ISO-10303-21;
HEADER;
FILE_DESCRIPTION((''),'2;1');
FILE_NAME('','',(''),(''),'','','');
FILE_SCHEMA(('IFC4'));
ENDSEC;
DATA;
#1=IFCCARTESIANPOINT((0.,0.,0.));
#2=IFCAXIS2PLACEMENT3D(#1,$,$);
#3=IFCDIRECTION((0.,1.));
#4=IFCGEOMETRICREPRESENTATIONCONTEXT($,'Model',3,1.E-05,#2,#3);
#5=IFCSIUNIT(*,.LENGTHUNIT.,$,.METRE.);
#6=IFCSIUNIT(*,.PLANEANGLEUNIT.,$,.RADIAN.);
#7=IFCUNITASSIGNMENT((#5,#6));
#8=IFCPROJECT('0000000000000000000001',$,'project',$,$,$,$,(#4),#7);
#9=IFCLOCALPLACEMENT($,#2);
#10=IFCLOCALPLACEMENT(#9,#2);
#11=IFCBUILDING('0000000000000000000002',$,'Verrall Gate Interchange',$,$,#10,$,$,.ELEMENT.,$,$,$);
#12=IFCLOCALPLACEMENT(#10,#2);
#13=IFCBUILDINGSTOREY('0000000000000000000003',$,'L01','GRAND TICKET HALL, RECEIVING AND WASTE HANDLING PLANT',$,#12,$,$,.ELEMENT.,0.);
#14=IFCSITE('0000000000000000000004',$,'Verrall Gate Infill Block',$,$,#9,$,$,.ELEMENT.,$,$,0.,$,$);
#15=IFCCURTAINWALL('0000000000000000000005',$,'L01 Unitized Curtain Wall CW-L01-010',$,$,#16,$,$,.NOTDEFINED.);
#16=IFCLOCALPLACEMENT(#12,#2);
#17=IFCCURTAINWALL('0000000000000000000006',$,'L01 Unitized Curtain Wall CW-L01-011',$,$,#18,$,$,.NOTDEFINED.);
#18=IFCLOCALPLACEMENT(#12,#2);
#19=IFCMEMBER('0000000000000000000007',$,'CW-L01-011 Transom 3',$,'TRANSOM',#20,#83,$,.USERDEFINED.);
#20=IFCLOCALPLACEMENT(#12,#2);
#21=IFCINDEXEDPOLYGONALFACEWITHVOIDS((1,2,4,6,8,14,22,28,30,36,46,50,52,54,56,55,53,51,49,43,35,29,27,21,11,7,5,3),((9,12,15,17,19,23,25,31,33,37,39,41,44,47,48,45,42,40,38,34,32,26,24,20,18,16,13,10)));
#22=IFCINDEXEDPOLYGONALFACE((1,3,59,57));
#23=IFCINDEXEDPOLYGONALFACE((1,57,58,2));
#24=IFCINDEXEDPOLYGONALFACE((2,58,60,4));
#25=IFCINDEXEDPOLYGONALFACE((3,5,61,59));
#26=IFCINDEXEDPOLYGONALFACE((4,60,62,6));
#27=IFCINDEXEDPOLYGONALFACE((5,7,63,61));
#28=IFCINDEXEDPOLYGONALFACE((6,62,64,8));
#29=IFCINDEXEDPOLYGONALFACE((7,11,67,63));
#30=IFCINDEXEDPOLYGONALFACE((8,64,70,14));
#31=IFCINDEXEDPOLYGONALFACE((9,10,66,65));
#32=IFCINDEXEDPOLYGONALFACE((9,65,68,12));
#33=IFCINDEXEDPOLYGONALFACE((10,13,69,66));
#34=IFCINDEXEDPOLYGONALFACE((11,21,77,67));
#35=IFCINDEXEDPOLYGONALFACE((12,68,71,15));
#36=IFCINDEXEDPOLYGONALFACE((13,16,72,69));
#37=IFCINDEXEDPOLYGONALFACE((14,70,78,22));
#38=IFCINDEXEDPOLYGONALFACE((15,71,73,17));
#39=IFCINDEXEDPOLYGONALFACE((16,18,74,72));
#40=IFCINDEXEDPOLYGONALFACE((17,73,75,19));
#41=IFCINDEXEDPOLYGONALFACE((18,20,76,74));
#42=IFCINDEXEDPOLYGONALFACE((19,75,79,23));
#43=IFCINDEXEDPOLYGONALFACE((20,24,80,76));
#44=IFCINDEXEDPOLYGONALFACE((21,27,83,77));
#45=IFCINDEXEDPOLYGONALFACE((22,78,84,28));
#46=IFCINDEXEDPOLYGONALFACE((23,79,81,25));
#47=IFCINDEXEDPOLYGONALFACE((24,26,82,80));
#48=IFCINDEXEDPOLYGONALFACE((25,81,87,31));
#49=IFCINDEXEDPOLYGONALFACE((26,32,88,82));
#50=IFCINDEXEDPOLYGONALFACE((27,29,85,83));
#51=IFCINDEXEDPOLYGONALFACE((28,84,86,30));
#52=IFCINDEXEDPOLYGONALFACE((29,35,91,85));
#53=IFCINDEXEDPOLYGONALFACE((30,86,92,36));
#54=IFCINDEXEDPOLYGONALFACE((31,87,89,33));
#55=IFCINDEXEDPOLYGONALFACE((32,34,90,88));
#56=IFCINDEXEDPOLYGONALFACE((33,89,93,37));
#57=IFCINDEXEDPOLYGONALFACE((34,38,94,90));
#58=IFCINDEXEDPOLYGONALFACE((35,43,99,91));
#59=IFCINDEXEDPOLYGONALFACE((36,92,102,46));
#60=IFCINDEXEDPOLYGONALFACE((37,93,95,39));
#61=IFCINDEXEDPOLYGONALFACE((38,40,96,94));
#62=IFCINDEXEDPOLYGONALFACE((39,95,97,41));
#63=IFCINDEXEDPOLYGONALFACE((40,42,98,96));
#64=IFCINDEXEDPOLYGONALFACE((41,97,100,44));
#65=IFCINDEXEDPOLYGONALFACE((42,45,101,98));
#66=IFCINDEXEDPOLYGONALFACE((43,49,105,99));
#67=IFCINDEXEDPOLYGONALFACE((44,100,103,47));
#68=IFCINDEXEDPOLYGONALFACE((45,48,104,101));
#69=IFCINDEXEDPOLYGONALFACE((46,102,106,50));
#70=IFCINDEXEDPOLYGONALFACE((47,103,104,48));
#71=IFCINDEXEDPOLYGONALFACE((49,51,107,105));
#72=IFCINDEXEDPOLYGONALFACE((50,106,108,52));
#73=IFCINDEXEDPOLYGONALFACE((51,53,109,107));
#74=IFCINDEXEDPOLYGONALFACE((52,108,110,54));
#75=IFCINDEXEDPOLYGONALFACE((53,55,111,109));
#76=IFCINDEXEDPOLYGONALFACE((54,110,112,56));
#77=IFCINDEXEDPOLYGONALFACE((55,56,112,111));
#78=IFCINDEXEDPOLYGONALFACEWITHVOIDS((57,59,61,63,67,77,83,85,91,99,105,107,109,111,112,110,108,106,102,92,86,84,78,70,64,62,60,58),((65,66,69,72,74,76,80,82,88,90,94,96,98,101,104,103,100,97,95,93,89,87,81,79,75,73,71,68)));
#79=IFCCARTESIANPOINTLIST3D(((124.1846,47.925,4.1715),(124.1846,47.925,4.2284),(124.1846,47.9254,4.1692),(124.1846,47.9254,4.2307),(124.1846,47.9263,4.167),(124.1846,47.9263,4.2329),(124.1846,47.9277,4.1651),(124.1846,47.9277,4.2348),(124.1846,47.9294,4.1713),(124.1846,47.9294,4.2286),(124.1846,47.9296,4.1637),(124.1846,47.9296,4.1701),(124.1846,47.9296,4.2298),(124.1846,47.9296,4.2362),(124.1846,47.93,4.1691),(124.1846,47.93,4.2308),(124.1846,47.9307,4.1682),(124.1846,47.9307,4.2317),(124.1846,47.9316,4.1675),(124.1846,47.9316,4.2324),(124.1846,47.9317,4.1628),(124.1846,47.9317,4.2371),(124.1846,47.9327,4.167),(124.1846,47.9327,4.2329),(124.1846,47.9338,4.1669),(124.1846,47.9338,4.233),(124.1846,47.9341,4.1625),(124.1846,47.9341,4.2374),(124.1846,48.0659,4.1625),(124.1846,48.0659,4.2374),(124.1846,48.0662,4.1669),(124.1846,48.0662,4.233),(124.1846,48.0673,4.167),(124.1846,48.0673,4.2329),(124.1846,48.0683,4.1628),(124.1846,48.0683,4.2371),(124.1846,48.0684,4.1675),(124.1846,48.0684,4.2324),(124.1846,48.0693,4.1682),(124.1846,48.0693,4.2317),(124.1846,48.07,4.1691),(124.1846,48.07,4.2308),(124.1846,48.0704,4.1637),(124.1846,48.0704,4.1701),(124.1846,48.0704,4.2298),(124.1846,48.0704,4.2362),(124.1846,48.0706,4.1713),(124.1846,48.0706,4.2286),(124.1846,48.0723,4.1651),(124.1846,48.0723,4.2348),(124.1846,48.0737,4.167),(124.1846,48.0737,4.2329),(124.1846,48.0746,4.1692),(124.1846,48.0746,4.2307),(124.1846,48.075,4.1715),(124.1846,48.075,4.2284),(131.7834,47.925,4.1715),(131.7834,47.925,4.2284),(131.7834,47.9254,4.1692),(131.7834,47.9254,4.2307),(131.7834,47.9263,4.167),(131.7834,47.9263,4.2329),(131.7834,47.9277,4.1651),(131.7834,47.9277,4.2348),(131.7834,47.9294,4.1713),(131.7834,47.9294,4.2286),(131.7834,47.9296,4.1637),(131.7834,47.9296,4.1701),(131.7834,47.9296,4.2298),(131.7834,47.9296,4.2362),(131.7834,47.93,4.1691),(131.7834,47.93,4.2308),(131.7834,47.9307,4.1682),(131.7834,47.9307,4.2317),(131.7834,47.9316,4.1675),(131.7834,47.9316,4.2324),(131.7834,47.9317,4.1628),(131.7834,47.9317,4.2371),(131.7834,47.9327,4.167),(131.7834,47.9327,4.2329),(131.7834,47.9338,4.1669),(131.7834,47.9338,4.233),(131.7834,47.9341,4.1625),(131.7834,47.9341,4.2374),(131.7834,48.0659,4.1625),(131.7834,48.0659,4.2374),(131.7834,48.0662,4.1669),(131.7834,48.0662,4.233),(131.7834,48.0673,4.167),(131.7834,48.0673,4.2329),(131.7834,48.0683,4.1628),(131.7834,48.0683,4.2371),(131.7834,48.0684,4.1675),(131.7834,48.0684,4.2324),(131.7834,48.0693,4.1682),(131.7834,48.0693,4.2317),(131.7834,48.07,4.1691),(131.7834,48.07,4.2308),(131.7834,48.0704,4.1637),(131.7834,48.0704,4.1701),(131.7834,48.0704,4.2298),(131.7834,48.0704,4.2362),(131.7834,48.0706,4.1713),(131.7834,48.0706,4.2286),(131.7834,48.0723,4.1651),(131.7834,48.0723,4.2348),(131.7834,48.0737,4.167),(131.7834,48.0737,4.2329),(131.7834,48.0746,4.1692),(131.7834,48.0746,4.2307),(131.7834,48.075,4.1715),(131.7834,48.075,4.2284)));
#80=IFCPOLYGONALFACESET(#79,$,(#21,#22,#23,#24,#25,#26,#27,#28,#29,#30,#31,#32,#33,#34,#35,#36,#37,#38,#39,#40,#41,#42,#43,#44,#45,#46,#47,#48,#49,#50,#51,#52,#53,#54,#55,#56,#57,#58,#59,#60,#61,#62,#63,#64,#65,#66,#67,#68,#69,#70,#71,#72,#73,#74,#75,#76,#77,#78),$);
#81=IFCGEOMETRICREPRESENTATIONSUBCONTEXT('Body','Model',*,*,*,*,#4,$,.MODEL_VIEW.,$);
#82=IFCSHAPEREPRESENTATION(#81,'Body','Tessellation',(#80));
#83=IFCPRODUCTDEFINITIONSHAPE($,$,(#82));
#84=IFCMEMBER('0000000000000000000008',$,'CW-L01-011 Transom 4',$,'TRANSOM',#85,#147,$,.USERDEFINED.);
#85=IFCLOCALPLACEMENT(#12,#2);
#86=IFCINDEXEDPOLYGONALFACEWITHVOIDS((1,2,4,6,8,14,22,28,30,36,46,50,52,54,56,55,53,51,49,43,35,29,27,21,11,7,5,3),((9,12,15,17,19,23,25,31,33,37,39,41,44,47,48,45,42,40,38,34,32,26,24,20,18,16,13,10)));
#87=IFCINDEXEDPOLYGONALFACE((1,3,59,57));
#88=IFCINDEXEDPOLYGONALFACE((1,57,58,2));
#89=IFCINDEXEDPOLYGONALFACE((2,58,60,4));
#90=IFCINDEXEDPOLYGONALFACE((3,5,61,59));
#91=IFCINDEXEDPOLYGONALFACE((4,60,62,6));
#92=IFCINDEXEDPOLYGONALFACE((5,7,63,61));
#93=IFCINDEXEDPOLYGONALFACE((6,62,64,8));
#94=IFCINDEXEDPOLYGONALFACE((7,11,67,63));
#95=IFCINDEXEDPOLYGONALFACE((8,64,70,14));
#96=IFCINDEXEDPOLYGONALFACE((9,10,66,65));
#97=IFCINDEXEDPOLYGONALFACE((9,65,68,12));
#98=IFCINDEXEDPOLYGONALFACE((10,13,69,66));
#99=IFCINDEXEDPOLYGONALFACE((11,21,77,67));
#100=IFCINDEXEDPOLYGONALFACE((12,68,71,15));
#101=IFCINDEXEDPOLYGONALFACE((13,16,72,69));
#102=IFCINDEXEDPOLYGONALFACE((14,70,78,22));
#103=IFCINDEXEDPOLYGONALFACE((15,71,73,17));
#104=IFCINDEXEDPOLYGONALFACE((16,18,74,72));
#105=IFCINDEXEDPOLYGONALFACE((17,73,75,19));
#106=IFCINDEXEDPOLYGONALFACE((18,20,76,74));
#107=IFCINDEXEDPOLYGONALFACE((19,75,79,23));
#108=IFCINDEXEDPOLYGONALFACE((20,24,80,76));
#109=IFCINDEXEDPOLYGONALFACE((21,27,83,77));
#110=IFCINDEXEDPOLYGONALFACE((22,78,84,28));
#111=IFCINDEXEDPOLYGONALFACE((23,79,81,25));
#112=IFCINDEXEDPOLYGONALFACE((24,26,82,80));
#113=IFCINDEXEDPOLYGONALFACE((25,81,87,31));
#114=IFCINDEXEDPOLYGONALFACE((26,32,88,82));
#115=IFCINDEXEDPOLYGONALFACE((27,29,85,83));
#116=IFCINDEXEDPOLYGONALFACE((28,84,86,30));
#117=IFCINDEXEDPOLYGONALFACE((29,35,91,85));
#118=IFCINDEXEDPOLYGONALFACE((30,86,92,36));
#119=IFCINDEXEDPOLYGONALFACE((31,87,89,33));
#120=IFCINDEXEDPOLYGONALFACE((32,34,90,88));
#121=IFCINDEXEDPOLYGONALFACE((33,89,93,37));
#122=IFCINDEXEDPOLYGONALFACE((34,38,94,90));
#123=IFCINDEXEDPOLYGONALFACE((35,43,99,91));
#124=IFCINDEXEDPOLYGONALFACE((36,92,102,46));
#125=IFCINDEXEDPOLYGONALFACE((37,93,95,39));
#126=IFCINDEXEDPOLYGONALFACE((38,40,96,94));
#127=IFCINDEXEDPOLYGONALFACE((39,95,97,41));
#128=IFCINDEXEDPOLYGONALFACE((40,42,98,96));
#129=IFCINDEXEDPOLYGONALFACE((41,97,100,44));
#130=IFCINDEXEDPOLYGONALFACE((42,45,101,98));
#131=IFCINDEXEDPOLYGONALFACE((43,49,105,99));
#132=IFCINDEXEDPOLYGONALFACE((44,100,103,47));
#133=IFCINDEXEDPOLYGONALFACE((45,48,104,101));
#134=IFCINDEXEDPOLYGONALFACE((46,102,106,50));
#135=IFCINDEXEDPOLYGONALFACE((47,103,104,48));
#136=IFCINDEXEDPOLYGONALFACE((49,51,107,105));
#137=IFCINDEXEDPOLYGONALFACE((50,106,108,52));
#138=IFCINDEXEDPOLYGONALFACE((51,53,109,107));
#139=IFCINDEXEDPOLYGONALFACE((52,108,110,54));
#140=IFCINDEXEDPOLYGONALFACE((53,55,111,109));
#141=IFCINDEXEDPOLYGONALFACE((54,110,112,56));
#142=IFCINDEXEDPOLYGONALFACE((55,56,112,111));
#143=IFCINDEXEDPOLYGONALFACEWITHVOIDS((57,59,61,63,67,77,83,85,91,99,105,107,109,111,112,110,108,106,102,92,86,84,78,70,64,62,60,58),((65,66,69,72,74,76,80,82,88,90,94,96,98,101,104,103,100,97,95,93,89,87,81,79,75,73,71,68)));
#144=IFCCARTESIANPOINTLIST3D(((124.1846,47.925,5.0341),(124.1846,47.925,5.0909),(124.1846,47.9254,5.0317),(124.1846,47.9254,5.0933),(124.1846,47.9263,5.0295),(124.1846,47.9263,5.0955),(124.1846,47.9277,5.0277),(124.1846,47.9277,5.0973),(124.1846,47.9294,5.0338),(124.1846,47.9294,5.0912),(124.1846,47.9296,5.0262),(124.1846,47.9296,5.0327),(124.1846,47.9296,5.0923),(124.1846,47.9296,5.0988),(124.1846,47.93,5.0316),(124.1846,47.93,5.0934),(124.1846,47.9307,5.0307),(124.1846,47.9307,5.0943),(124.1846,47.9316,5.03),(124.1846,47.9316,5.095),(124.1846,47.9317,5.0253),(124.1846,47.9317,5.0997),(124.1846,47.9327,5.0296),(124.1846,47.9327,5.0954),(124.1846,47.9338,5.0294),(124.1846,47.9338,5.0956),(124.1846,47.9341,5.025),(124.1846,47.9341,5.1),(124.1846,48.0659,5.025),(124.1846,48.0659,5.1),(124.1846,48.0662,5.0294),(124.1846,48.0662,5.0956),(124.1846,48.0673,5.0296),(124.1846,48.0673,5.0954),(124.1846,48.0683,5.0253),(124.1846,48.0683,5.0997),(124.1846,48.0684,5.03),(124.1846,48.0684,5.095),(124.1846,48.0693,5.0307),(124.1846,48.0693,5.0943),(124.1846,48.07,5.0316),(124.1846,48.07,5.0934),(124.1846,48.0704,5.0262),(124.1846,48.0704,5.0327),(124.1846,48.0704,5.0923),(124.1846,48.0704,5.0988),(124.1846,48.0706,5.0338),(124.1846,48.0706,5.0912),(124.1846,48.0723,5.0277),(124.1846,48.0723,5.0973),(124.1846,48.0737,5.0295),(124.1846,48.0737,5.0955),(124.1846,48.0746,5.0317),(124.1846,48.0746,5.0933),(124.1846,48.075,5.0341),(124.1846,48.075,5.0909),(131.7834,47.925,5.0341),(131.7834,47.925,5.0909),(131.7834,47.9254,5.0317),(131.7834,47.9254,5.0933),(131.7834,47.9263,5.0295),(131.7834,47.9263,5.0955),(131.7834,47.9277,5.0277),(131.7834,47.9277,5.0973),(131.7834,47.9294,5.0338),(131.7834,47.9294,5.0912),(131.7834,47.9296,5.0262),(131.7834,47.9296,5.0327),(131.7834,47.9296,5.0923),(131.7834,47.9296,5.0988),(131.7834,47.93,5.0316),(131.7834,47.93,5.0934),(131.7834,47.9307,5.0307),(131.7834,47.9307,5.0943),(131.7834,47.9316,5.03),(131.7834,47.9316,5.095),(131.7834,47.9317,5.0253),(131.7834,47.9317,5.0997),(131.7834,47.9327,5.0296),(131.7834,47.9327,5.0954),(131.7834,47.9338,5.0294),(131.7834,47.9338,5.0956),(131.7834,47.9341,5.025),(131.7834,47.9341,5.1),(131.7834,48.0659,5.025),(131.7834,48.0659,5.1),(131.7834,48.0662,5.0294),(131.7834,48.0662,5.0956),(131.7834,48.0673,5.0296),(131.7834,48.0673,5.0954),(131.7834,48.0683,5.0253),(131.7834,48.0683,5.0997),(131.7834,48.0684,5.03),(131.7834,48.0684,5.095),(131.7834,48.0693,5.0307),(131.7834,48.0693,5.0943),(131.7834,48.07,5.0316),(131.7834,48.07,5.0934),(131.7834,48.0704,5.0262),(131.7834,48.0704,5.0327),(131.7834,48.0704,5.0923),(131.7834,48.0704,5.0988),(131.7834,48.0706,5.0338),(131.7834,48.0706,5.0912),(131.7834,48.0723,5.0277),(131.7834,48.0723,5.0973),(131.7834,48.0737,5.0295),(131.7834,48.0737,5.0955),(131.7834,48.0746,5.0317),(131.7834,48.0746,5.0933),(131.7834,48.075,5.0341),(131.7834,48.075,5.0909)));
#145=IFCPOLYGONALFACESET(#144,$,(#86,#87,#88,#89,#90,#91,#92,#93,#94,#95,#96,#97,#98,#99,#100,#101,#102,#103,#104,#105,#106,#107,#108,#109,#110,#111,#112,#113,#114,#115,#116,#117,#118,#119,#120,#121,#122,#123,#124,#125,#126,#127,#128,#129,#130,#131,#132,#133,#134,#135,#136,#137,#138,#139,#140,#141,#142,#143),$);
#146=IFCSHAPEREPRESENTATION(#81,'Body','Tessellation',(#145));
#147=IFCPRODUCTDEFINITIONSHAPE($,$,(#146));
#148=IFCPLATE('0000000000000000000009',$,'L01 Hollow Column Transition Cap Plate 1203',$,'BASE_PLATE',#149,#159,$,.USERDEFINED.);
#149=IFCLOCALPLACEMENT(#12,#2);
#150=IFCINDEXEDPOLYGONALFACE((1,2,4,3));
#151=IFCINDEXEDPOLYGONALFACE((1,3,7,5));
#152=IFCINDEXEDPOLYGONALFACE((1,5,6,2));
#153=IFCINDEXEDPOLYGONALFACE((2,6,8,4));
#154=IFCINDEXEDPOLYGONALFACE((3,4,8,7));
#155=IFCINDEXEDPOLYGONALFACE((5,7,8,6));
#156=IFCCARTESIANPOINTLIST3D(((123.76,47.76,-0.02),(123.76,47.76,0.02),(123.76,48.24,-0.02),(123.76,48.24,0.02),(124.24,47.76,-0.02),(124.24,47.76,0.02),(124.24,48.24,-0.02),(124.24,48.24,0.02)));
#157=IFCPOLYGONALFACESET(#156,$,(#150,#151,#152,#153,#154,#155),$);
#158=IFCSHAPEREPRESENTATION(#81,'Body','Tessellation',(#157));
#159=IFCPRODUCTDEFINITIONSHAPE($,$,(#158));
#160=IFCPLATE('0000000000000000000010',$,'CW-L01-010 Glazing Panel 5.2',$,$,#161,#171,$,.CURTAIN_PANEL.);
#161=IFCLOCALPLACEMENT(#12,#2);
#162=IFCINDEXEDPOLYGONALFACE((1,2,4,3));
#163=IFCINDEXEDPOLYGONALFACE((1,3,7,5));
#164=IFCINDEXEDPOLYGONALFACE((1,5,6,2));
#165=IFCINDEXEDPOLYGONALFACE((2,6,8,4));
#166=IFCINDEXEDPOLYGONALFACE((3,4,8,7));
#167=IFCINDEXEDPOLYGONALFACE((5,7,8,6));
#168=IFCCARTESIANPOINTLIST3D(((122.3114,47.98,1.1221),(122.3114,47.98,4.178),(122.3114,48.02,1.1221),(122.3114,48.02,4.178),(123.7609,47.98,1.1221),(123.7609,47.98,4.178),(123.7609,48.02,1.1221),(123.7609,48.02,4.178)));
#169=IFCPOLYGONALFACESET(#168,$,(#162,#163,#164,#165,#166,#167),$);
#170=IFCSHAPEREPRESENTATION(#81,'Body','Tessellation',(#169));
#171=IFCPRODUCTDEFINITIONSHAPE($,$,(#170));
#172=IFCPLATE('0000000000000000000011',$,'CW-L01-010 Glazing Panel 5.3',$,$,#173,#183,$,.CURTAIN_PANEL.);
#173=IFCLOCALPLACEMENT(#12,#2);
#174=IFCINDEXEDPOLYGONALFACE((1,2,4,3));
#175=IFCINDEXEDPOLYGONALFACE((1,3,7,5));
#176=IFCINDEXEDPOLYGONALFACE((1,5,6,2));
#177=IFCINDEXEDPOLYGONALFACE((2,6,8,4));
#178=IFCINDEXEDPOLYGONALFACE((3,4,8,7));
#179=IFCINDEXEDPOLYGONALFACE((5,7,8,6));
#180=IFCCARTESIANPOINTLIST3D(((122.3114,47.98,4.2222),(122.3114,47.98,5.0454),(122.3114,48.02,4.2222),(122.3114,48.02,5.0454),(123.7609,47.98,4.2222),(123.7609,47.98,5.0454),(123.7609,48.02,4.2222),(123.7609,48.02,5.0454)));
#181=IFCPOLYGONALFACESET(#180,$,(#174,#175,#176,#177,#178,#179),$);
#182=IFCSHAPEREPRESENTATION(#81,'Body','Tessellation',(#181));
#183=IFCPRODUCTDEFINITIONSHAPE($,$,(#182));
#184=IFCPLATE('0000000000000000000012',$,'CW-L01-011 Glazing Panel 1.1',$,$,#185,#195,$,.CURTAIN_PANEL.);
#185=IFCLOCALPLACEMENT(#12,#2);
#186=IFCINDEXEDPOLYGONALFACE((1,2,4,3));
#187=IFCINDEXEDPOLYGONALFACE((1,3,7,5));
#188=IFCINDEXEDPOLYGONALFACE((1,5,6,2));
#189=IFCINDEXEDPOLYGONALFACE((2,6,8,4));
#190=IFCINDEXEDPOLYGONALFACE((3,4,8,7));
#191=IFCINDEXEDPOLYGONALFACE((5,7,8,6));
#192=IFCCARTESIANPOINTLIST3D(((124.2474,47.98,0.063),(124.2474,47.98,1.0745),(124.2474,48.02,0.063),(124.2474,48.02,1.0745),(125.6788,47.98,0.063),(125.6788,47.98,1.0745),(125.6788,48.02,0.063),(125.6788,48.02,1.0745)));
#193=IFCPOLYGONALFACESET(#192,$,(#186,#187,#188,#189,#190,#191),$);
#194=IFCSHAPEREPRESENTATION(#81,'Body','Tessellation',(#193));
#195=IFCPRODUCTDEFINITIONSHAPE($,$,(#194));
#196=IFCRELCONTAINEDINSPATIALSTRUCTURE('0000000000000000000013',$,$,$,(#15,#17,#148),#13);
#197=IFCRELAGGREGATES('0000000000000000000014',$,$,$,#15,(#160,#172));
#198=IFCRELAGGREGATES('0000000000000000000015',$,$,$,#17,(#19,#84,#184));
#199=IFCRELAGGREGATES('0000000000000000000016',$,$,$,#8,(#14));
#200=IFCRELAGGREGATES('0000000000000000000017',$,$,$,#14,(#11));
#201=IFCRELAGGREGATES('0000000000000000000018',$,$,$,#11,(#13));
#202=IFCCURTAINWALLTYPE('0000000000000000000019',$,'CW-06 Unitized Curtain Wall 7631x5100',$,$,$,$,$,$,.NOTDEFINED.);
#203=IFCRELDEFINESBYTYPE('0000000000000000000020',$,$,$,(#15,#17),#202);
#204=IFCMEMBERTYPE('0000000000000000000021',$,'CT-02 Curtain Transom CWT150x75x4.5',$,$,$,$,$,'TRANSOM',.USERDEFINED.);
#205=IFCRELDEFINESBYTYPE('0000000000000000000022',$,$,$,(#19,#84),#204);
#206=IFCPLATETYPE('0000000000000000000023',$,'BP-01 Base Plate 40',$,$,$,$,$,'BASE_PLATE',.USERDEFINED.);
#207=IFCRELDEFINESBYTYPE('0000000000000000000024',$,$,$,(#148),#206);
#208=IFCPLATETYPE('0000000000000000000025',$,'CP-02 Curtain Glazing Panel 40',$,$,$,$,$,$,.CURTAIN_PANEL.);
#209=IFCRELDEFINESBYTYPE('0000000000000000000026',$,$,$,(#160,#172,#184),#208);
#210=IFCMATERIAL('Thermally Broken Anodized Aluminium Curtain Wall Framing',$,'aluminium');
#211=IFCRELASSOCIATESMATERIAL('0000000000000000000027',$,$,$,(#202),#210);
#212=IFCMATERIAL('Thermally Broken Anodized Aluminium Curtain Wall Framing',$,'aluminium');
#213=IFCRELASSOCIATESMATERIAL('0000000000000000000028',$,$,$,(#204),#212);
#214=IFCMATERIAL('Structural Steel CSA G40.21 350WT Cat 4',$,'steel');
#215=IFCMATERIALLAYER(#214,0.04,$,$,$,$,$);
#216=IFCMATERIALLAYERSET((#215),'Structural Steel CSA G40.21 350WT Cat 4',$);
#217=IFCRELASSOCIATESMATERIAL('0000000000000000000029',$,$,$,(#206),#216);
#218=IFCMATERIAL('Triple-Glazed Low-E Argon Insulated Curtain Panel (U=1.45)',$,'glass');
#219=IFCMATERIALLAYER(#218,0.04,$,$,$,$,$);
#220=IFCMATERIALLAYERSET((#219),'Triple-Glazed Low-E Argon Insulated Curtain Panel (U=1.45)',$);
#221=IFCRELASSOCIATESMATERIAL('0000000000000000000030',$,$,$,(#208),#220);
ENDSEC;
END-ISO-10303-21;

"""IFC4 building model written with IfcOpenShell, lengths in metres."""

from ifc_helpers import new_model, si_unit, direction, frame, origin, origin_2d, place, context, subcontext, project, spatial, rectangle, hollow_rectangle, extrude, material, layer, layer_set, material_profile, profile_set, type_object, element, aggregate, save


model = new_model("IFC4")

# Units and contexts
model_context = context("Model", 3, precision=1e-05, world=origin(), true_north=direction((0.0, 1.0)))
body_context = subcontext(model_context, "Body", "Model", "MODEL_VIEW")
ifc_project = project(units=[si_unit("LENGTHUNIT", "METRE"), si_unit("PLANEANGLEUNIT", "RADIAN")], contexts=[model_context])

# Site, building, storey
site_placement = place(None, origin())
site = spatial("IfcSite", under=ifc_project, at=site_placement, Name="Verrall Gate Infill Block", CompositionType="ELEMENT", RefElevation=0.0)
building_placement = place(site_placement, origin())
building = spatial("IfcBuilding", under=site, at=building_placement, Name="Verrall Gate Interchange", CompositionType="ELEMENT")
storey_placement = place(building_placement, origin())
storey = spatial("IfcBuildingStorey", under=building, at=storey_placement, Name="L01", Description="GRAND TICKET HALL, RECEIVING AND WASTE HANDLING PLANT", CompositionType="ELEMENT", Elevation=0.0)

# Curtain wall
ifc_material_1 = material(Name="Thermally Broken Anodized Aluminium Curtain Wall Framing", Category="aluminium")
curtain_wall_type = type_object("IfcCurtainWallType", Name="CW-06 Unitized Curtain Wall 7631x5100", PredefinedType="NOTDEFINED", material=ifc_material_1)
curtain_wall_1_placement = place(storey_placement, origin())
curtain_wall_1 = element("IfcCurtainWall", 1, at=curtain_wall_1_placement, inside=storey, type_object=curtain_wall_type, Name="L01 Unitized Curtain Wall CW-L01-010", PredefinedType="NOTDEFINED")

# Curtain wall, members
curtain_wall_2_placement = place(storey_placement, origin())
curtain_wall_2 = element("IfcCurtainWall", 2, at=curtain_wall_2_placement, inside=storey, type_object=curtain_wall_type, Name="L01 Unitized Curtain Wall CW-L01-011", PredefinedType="NOTDEFINED")
ifc_material_2 = material(Name="Thermally Broken Anodized Aluminium Curtain Wall Framing", Category="aluminium")
ifc_material_profile_1 = material_profile(ifc_material_2, hollow_rectangle(XDim=0.1499, YDim=0.075, WallThickness=0.0044, InnerFilletRadius=0.0044, OuterFilletRadius=0.009, at=origin_2d()), Name="CWT150x75x4.5")
ifc_profile_set_1 = profile_set([ifc_material_profile_1], Name="Thermally Broken Anodized Aluminium Curtain Wall Framing")
member_type_1 = type_object("IfcMemberType", Name="CT-02 Curtain Transom CWT150x75x4.5", ElementType="TRANSOM", PredefinedType="USERDEFINED", material=ifc_profile_set_1)
member_1_placement = place(storey_placement, frame((124.1846, 48.0, 4.2), z_axis=(1.0, 0.0, 0.0), x_axis=(0.0, 1.0, 0.0)))
member_1 = element("IfcMember", 3, at=member_1_placement, type_object=member_type_1, Name="CW-L01-011 Transom 3", ObjectType="TRANSOM", PredefinedType="USERDEFINED", context=body_context, shape_type="SweptSolid", body=[
    extrude(hollow_rectangle(XDim=0.1499, YDim=0.075, WallThickness=0.0044, InnerFilletRadius=0.0044, OuterFilletRadius=0.009, at=origin_2d()), origin(), (0.0, 0.0, 1.0), 7.5989),
])
member_2_placement = place(storey_placement, frame((124.1846, 48.0, 5.0625), z_axis=(1.0, 0.0, 0.0), x_axis=(0.0, 1.0, 0.0)))
member_2 = element("IfcMember", 4, at=member_2_placement, type_object=member_type_1, Name="CW-L01-011 Transom 4", ObjectType="TRANSOM", PredefinedType="USERDEFINED", context=body_context, shape_type="SweptSolid", body=[
    extrude(hollow_rectangle(XDim=0.1499, YDim=0.075, WallThickness=0.0044, InnerFilletRadius=0.0044, OuterFilletRadius=0.009, at=origin_2d()), origin(), (0.0, 0.0, 1.0), 7.5989),
])

# Plates
ifc_material_3 = material(Name="Structural Steel CSA G40.21 350WT Cat 4", Category="steel")
ifc_layer_1 = layer(ifc_material_3, 0.04)
ifc_layer_set_1 = layer_set([ifc_layer_1], Name="Structural Steel CSA G40.21 350WT Cat 4")
plate_type_1 = type_object("IfcPlateType", Name="BP-01 Base Plate 40", ElementType="BASE_PLATE", PredefinedType="USERDEFINED", material=ifc_layer_set_1)
plate_1_placement = place(storey_placement, frame((124.0, 48.0, -0.02), z_axis=(0.0, 0.0, 1.0), x_axis=(1.0, 0.0, 0.0)))
element("IfcPlate", 5, at=plate_1_placement, inside=storey, type_object=plate_type_1, Name="L01 Hollow Column Transition Cap Plate 1203", ObjectType="BASE_PLATE", PredefinedType="USERDEFINED", context=body_context, shape_type="SweptSolid", body=[
    extrude(rectangle(XDim=0.48, YDim=0.48, at=origin_2d()), origin(), (0.0, 0.0, 1.0), 0.04),
])
ifc_material_4 = material(Name="Triple-Glazed Low-E Argon Insulated Curtain Panel (U=1.45)", Category="glass")
ifc_layer_2 = layer(ifc_material_4, 0.04)
ifc_layer_set_2 = layer_set([ifc_layer_2], Name="Triple-Glazed Low-E Argon Insulated Curtain Panel (U=1.45)")
plate_type_2 = type_object("IfcPlateType", Name="CP-02 Curtain Glazing Panel 40", PredefinedType="CURTAIN_PANEL", material=ifc_layer_set_2)
plate_2_placement = place(storey_placement, frame((123.0361, 48.0, 1.1221), z_axis=(0.0, 0.0, 1.0), x_axis=(1.0, 0.0, 0.0)))
plate_2 = element("IfcPlate", 6, at=plate_2_placement, type_object=plate_type_2, Name="CW-L01-010 Glazing Panel 5.2", PredefinedType="CURTAIN_PANEL", context=body_context, shape_type="SweptSolid", body=[
    extrude(rectangle(XDim=1.4495, YDim=0.04, at=origin_2d()), origin(), (0.0, 0.0, 1.0), 3.0559),
])
plate_3_placement = place(storey_placement, frame((123.0361, 48.0, 4.2222), z_axis=(0.0, 0.0, 1.0), x_axis=(1.0, 0.0, 0.0)))
plate_3 = element("IfcPlate", 7, at=plate_3_placement, type_object=plate_type_2, Name="CW-L01-010 Glazing Panel 5.3", PredefinedType="CURTAIN_PANEL", context=body_context, shape_type="SweptSolid", body=[
    extrude(rectangle(XDim=1.4495, YDim=0.04, at=origin_2d()), origin(), (0.0, 0.0, 1.0), 0.8232),
])
aggregate(curtain_wall_1, [plate_2, plate_3])
plate_4_placement = place(storey_placement, frame((124.9631, 48.0, 0.063), z_axis=(0.0, 0.0, 1.0), x_axis=(1.0, 0.0, 0.0)))
plate_4 = element("IfcPlate", 8, at=plate_4_placement, type_object=plate_type_2, Name="CW-L01-011 Glazing Panel 1.1", PredefinedType="CURTAIN_PANEL", context=body_context, shape_type="SweptSolid", body=[
    extrude(rectangle(XDim=1.4314, YDim=0.04, at=origin_2d()), origin(), (0.0, 0.0, 1.0), 1.0115),
])
aggregate(curtain_wall_2, [member_1, member_2, plate_4])

save(model, "model.ifc")
